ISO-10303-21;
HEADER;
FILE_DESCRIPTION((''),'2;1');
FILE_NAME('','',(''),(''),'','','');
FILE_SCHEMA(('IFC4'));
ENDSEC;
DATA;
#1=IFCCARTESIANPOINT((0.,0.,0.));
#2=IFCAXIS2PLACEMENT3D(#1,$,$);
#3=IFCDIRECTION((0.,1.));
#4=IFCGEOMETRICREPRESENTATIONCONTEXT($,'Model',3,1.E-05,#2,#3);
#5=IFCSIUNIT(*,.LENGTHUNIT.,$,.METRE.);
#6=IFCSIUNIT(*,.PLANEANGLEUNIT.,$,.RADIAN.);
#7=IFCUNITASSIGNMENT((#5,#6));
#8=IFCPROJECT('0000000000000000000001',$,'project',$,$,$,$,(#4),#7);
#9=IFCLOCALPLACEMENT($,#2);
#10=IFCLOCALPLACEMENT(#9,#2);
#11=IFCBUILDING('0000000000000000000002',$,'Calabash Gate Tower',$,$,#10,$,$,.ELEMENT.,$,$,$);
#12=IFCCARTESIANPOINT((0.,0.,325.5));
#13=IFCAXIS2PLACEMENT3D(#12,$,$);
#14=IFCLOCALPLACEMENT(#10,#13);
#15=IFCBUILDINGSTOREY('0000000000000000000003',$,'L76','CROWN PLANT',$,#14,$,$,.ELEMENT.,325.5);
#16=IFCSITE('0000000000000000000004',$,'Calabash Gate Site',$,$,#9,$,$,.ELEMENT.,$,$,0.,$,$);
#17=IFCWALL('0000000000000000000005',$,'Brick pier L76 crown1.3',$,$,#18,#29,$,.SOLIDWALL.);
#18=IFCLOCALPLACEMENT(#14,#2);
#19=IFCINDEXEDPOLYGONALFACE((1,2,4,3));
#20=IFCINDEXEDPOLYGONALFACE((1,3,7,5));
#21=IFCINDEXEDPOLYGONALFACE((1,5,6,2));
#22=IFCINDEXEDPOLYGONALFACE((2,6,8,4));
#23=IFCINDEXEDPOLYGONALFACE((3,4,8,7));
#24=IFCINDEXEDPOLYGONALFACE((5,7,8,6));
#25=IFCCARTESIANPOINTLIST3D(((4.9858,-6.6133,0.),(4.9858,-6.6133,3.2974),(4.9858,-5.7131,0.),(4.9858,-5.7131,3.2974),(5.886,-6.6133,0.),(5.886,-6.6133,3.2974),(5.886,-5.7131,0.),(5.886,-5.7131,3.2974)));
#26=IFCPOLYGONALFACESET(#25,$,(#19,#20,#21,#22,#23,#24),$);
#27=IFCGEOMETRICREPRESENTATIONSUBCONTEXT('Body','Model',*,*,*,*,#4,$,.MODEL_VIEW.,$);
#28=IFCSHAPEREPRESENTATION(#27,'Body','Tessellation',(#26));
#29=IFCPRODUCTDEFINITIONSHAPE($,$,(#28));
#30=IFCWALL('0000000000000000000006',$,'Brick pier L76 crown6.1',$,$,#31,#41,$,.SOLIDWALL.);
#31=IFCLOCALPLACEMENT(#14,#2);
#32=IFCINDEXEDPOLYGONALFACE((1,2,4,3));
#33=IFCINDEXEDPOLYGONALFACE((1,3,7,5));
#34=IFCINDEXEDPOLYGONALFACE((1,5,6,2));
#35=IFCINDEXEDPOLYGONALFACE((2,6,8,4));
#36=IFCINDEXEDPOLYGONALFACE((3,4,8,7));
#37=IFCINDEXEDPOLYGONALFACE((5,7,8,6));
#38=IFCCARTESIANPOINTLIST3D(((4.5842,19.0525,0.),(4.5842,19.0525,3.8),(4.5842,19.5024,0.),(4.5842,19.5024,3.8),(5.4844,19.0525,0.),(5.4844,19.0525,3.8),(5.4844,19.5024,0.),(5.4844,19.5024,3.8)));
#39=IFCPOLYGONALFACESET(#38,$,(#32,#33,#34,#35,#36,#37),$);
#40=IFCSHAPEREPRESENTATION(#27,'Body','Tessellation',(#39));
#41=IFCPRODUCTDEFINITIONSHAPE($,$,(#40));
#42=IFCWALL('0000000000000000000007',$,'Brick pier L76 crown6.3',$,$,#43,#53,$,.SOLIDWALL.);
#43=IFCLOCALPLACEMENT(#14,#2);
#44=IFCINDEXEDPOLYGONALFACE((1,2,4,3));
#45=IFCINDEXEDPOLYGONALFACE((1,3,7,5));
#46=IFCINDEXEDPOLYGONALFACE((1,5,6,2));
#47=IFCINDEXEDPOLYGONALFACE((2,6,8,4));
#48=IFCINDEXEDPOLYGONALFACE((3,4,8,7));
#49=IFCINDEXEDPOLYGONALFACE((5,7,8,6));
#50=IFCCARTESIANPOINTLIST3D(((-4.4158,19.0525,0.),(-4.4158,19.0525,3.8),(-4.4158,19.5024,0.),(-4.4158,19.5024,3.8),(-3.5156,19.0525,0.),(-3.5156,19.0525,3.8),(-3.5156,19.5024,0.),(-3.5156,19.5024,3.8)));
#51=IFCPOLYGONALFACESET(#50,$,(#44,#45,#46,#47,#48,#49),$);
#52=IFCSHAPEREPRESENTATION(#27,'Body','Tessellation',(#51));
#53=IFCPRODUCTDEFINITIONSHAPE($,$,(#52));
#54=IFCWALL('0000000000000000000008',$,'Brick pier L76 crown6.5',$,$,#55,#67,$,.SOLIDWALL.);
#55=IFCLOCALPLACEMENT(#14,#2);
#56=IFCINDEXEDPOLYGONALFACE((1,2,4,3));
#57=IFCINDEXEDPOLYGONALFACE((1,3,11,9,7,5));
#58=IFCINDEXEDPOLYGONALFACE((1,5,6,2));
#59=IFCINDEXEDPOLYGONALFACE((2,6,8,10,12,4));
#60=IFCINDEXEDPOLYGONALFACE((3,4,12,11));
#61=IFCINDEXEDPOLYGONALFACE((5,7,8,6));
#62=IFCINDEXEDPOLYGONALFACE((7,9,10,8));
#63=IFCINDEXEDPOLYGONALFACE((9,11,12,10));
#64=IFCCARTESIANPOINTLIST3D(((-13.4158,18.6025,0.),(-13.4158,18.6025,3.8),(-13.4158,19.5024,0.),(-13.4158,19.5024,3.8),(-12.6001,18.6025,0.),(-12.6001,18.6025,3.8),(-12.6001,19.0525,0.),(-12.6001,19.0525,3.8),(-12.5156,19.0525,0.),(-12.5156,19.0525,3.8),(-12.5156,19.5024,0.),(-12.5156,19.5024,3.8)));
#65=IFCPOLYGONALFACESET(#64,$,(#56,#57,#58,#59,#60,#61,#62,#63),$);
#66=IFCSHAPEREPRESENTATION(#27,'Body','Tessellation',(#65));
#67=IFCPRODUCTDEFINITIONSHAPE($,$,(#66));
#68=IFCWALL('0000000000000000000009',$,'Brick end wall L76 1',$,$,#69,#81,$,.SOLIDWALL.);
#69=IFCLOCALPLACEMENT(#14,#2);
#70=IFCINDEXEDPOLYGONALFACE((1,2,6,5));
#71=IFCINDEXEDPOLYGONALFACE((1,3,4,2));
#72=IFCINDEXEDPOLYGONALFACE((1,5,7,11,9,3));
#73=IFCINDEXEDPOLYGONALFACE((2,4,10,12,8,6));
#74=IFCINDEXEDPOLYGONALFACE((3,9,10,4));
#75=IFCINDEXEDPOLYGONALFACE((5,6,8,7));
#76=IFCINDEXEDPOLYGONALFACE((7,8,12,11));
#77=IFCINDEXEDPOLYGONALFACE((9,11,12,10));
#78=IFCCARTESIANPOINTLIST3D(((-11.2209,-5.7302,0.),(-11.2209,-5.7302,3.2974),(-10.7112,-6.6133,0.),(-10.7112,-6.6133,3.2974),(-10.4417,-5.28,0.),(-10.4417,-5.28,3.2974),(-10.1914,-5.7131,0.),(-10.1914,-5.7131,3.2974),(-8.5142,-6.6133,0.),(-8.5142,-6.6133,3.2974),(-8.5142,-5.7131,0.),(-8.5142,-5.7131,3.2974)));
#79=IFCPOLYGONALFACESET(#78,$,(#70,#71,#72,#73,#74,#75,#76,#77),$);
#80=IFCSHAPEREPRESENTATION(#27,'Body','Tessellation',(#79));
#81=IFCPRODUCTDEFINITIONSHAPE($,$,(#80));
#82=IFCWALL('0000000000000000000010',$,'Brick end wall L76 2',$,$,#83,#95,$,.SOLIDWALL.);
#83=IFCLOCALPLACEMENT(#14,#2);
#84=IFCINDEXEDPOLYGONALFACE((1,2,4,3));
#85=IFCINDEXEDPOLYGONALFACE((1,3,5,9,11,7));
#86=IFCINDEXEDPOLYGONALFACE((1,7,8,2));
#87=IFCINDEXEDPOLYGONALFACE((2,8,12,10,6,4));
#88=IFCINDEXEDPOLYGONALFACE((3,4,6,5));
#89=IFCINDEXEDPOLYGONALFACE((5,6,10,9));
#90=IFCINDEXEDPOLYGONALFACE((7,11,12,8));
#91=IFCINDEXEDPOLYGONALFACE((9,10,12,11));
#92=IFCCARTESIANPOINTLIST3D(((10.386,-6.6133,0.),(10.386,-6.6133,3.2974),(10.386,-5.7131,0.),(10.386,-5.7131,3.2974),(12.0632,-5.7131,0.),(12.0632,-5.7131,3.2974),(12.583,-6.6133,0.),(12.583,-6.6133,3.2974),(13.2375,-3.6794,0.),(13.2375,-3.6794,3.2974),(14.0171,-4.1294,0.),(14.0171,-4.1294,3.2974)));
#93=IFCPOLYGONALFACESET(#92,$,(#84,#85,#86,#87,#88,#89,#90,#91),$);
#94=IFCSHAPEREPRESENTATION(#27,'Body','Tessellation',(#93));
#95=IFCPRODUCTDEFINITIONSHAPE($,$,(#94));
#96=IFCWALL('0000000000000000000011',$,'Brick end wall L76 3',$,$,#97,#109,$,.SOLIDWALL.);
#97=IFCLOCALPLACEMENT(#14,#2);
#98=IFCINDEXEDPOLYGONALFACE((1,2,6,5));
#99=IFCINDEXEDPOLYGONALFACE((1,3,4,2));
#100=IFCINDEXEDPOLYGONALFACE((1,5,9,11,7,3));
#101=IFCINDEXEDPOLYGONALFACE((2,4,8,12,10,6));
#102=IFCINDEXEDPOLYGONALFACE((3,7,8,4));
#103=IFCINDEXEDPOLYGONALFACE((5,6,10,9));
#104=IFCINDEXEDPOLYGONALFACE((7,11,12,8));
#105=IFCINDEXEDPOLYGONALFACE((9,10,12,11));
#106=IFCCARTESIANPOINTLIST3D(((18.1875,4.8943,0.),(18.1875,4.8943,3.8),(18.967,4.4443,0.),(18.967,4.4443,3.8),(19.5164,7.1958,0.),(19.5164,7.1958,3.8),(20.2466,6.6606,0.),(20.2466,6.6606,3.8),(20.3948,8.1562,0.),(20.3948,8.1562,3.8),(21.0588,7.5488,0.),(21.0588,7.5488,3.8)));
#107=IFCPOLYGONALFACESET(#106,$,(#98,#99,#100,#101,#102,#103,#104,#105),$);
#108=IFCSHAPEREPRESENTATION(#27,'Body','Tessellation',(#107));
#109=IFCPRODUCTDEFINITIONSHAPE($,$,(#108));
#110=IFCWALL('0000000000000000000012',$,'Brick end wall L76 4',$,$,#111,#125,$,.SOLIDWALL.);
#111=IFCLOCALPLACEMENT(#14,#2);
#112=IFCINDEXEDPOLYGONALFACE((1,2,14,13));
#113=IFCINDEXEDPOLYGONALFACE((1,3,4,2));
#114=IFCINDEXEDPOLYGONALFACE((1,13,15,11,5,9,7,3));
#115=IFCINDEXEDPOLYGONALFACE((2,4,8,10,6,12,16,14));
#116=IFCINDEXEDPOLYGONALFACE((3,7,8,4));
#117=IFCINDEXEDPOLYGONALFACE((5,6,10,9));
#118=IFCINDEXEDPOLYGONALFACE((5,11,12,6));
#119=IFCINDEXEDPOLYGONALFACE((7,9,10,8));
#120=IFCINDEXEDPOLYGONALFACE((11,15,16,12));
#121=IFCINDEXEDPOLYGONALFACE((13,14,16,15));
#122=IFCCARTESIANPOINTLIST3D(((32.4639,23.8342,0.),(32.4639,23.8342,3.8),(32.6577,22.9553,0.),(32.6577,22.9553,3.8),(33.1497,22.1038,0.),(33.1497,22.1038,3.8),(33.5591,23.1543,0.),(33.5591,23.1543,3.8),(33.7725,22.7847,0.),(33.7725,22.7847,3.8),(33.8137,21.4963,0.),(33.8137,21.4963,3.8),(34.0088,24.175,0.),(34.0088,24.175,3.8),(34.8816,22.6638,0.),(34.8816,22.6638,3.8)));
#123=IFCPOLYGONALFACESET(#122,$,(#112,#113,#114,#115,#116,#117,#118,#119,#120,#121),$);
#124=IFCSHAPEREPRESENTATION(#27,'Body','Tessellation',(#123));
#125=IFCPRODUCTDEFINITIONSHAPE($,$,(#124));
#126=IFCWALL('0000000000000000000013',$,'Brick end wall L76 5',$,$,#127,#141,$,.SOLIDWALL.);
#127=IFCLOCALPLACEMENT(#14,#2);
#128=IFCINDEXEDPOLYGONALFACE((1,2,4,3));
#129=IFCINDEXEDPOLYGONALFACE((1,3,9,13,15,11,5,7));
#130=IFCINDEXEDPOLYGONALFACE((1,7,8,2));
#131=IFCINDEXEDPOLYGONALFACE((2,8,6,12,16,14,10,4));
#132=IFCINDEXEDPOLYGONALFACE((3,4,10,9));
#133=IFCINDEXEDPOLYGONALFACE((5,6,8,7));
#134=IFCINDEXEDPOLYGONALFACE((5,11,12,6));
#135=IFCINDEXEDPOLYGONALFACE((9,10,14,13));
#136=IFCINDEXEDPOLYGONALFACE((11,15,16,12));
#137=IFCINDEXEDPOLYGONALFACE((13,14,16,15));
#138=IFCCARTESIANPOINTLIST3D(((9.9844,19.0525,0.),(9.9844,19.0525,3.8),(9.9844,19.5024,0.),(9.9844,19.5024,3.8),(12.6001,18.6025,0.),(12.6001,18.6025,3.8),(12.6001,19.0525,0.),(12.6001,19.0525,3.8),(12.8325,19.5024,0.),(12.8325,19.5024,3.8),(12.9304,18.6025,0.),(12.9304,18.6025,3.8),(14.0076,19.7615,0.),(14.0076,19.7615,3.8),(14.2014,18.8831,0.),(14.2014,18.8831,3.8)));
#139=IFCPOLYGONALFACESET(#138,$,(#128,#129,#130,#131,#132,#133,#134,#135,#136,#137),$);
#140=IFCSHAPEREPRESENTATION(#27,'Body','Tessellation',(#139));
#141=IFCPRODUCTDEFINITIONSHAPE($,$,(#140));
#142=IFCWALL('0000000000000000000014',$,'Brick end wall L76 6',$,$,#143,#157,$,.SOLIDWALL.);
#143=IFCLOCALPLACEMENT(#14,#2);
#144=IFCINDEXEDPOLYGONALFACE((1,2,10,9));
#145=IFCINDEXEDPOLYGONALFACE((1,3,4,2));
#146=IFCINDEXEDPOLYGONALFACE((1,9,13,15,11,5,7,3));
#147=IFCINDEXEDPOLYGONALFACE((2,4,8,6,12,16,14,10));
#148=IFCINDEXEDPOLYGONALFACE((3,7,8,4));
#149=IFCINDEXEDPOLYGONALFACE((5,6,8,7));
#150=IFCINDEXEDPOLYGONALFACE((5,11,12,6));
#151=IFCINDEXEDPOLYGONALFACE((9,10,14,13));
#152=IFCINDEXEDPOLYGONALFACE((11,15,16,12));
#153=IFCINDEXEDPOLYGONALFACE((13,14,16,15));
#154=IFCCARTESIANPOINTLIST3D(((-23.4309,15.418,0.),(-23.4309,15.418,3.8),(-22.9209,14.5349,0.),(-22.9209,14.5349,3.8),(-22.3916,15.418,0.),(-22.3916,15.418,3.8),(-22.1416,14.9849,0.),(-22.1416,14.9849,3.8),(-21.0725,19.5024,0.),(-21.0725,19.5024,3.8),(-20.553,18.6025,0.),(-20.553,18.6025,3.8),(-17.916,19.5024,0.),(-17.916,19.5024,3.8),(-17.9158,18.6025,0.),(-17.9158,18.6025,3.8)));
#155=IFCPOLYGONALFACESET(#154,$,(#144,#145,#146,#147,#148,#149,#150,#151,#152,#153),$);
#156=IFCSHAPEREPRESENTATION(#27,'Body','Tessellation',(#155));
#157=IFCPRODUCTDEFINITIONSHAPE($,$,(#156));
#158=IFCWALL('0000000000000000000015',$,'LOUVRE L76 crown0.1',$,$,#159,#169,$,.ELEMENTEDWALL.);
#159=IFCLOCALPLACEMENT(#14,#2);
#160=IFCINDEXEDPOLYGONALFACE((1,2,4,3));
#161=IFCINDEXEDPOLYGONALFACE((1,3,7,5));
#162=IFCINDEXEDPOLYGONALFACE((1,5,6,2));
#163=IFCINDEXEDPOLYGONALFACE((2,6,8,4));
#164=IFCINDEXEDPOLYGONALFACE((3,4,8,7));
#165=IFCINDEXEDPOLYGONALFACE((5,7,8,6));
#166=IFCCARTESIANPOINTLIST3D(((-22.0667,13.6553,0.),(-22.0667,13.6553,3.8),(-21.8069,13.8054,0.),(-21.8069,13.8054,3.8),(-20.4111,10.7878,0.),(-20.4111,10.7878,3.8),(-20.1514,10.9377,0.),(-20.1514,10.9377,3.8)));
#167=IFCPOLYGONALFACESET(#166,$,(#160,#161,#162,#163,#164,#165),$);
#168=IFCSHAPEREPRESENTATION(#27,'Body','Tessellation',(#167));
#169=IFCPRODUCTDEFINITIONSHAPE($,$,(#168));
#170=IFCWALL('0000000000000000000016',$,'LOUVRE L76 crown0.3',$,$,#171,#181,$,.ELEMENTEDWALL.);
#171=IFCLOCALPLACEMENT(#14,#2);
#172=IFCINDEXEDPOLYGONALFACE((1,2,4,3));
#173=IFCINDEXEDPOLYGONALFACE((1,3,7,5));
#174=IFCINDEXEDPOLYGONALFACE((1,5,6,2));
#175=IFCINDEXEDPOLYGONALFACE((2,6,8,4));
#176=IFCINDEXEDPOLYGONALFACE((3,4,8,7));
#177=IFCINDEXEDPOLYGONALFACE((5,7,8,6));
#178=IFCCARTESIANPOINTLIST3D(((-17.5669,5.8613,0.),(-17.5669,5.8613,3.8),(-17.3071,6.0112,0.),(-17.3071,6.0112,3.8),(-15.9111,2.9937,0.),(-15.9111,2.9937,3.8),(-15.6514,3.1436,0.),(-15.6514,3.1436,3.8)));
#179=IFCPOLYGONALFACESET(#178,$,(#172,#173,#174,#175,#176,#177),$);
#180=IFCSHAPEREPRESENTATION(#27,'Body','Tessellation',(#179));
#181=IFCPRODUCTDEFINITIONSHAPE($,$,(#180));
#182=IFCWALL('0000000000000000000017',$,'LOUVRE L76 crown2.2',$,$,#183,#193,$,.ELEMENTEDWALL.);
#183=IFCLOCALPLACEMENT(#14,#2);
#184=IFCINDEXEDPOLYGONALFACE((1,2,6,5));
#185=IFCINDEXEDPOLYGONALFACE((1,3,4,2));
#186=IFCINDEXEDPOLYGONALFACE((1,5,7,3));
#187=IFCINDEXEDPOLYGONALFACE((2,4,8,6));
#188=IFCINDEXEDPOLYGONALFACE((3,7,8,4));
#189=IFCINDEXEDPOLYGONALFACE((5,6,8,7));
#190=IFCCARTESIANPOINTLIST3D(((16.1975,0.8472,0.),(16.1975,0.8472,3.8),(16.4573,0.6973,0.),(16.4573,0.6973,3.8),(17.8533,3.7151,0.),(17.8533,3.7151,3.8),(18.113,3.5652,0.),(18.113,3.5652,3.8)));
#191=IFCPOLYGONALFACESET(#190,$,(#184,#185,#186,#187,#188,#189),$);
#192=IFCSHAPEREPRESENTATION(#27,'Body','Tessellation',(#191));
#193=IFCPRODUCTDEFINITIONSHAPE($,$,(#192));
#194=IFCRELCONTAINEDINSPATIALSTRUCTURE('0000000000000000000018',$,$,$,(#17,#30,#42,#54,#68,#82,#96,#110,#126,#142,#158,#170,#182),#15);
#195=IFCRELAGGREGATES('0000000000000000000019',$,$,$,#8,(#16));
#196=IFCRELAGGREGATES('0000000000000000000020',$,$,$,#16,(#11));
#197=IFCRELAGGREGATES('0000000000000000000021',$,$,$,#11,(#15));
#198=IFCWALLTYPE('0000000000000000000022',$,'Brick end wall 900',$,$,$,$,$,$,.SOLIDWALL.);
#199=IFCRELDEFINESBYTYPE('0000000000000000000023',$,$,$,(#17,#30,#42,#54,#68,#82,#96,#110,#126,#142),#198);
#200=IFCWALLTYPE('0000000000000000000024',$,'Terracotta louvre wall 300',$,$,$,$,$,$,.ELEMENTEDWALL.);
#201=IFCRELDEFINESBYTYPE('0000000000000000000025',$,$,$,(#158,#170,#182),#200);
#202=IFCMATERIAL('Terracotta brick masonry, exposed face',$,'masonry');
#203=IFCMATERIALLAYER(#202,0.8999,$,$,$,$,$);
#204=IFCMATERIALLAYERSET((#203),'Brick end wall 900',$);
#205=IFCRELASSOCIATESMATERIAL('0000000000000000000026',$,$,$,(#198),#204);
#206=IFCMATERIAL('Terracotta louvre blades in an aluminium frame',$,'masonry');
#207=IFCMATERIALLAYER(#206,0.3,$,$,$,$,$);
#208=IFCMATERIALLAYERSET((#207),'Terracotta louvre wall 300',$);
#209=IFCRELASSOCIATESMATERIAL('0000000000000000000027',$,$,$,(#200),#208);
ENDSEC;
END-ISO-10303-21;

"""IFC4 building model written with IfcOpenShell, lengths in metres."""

from ifc_helpers import new_model, si_unit, direction, frame, origin, place, context, subcontext, project, spatial, polyline, outline, extrude, material, layer, layer_set, type_object, element, save


model = new_model("IFC4")

# Units and contexts
model_context = context("Model", 3, precision=1e-05, world=origin(), true_north=direction((0.0, 1.0)))
body_context = subcontext(model_context, "Body", "Model", "MODEL_VIEW")
ifc_project = project(units=[si_unit("LENGTHUNIT", "METRE"), si_unit("PLANEANGLEUNIT", "RADIAN")], contexts=[model_context])

# Site, building, storey
site_placement = place(None, origin())
site = spatial("IfcSite", under=ifc_project, at=site_placement, Name="Calabash Gate Site", CompositionType="ELEMENT", RefElevation=0.0)
building_placement = place(site_placement, origin())
building = spatial("IfcBuilding", under=site, at=building_placement, Name="Calabash Gate Tower", CompositionType="ELEMENT")
storey_placement = place(building_placement, frame((0.0, 0.0, 325.5)))
storey = spatial("IfcBuildingStorey", under=building, at=storey_placement, Name="L76", Description="CROWN PLANT", CompositionType="ELEMENT", Elevation=325.5)

# Walls
ifc_material_1 = material(Name="Terracotta brick masonry, exposed face", Category="masonry")
ifc_layer_1 = layer(ifc_material_1, 0.8999)
ifc_layer_set_1 = layer_set([ifc_layer_1], Name="Brick end wall 900")
wall_type_1 = type_object("IfcWallType", Name="Brick end wall 900", PredefinedType="SOLIDWALL", material=ifc_layer_set_1)
wall_1_placement = place(storey_placement, origin())
element("IfcWall", 1, at=wall_1_placement, inside=storey, type_object=wall_type_1, Name="Brick pier L76 crown1.3", PredefinedType="SOLIDWALL", context=body_context, shape_type="SweptSolid", body=[
    extrude(outline(polyline([(5.886, -5.7131), (4.9858, -5.7131), (4.9858, -6.6133), (5.886, -6.6133), (5.886, -5.7131)])), origin(), (0.0, 0.0, 1.0), 3.2974),
])
wall_2_placement = place(storey_placement, origin())
element("IfcWall", 2, at=wall_2_placement, inside=storey, type_object=wall_type_1, Name="Brick pier L76 crown6.1", PredefinedType="SOLIDWALL", context=body_context, shape_type="SweptSolid", body=[
    extrude(outline(polyline([(4.5842, 19.5024), (4.5842, 19.0525), (5.4844, 19.0525), (5.4844, 19.5024), (4.5842, 19.5024)])), origin(), (0.0, 0.0, 1.0), 3.8),
])
wall_3_placement = place(storey_placement, origin())
element("IfcWall", 3, at=wall_3_placement, inside=storey, type_object=wall_type_1, Name="Brick pier L76 crown6.3", PredefinedType="SOLIDWALL", context=body_context, shape_type="SweptSolid", body=[
    extrude(outline(polyline([(-4.4158, 19.5024), (-4.4158, 19.0525), (-3.5156, 19.0525), (-3.5156, 19.5024), (-4.4158, 19.5024)])), origin(), (0.0, 0.0, 1.0), 3.8),
])
wall_4_placement = place(storey_placement, origin())
element("IfcWall", 4, at=wall_4_placement, inside=storey, type_object=wall_type_1, Name="Brick pier L76 crown6.5", PredefinedType="SOLIDWALL", context=body_context, shape_type="SweptSolid", body=[
    extrude(outline(polyline([(-13.4158, 19.5024), (-13.4158, 18.6025), (-12.6001, 18.6025), (-12.6001, 19.0525), (-12.5156, 19.0525), (-12.5156, 19.5024), (-13.4158, 19.5024)])), origin(), (0.0, 0.0, 1.0), 3.8),
])
wall_5_placement = place(storey_placement, origin())
element("IfcWall", 5, at=wall_5_placement, inside=storey, type_object=wall_type_1, Name="Brick end wall L76 1", PredefinedType="SOLIDWALL", context=body_context, shape_type="SweptSolid", body=[
    extrude(outline(polyline([(-10.4417, -5.28), (-11.2209, -5.7302), (-10.7112, -6.6133), (-8.5142, -6.6133), (-8.5142, -5.7131), (-10.1914, -5.7131), (-10.4417, -5.28)])), origin(), (0.0, 0.0, 1.0), 3.2974),
])
wall_6_placement = place(storey_placement, origin())
element("IfcWall", 6, at=wall_6_placement, inside=storey, type_object=wall_type_1, Name="Brick end wall L76 2", PredefinedType="SOLIDWALL", context=body_context, shape_type="SweptSolid", body=[
    extrude(outline(polyline([(10.386, -5.7131), (10.386, -6.6133), (12.583, -6.6133), (14.0171, -4.1294), (13.2375, -3.6794), (12.0632, -5.7131), (10.386, -5.7131)])), origin(), (0.0, 0.0, 1.0), 3.2974),
])
wall_7_placement = place(storey_placement, origin())
element("IfcWall", 7, at=wall_7_placement, inside=storey, type_object=wall_type_1, Name="Brick end wall L76 3", PredefinedType="SOLIDWALL", context=body_context, shape_type="SweptSolid", body=[
    extrude(outline(polyline([(18.1875, 4.8943), (18.967, 4.4443), (20.2466, 6.6606), (21.0588, 7.5488), (20.3948, 8.1562), (19.5164, 7.1958), (18.1875, 4.8943)])), origin(), (0.0, 0.0, 1.0), 3.8),
])
wall_8_placement = place(storey_placement, origin())
element("IfcWall", 8, at=wall_8_placement, inside=storey, type_object=wall_type_1, Name="Brick end wall L76 4", PredefinedType="SOLIDWALL", context=body_context, shape_type="SweptSolid", body=[
    extrude(outline(polyline([(33.8137, 21.4963), (34.8816, 22.6638), (34.0088, 24.175), (32.4639, 23.8342), (32.6577, 22.9553), (33.5591, 23.1543), (33.7725, 22.7847), (33.1497, 22.1038), (33.8137, 21.4963)])), origin(), (0.0, 0.0, 1.0), 3.8),
])
wall_9_placement = place(storey_placement, origin())
element("IfcWall", 9, at=wall_9_placement, inside=storey, type_object=wall_type_1, Name="Brick end wall L76 5", PredefinedType="SOLIDWALL", context=body_context, shape_type="SweptSolid", body=[
    extrude(outline(polyline([(14.0076, 19.7615), (12.8325, 19.5024), (9.9844, 19.5024), (9.9844, 19.0525), (12.6001, 19.0525), (12.6001, 18.6025), (12.9304, 18.6025), (14.2014, 18.8831), (14.0076, 19.7615)])), origin(), (0.0, 0.0, 1.0), 3.8),
])
wall_10_placement = place(storey_placement, origin())
element("IfcWall", 10, at=wall_10_placement, inside=storey, type_object=wall_type_1, Name="Brick end wall L76 6", PredefinedType="SOLIDWALL", context=body_context, shape_type="SweptSolid", body=[
    extrude(outline(polyline([(-17.9158, 18.6025), (-17.916, 19.5024), (-21.0725, 19.5024), (-23.4309, 15.418), (-22.9209, 14.5349), (-22.1416, 14.9849), (-22.3916, 15.418), (-20.553, 18.6025), (-17.9158, 18.6025)])), origin(), (0.0, 0.0, 1.0), 3.8),
])
ifc_material_2 = material(Name="Terracotta louvre blades in an aluminium frame", Category="masonry")
ifc_layer_2 = layer(ifc_material_2, 0.3)
ifc_layer_set_2 = layer_set([ifc_layer_2], Name="Terracotta louvre wall 300")
wall_type_2 = type_object("IfcWallType", Name="Terracotta louvre wall 300", PredefinedType="ELEMENTEDWALL", material=ifc_layer_set_2)
wall_11_placement = place(storey_placement, origin())
element("IfcWall", 11, at=wall_11_placement, inside=storey, type_object=wall_type_2, Name="LOUVRE L76 crown0.1", PredefinedType="ELEMENTEDWALL", context=body_context, shape_type="SweptSolid", body=[
    extrude(outline(polyline([(-20.1514, 10.9377), (-21.8069, 13.8054), (-22.0667, 13.6553), (-20.4111, 10.7878), (-20.1514, 10.9377)])), origin(), (0.0, 0.0, 1.0), 3.8),
])
wall_12_placement = place(storey_placement, origin())
element("IfcWall", 12, at=wall_12_placement, inside=storey, type_object=wall_type_2, Name="LOUVRE L76 crown0.3", PredefinedType="ELEMENTEDWALL", context=body_context, shape_type="SweptSolid", body=[
    extrude(outline(polyline([(-15.6514, 3.1436), (-17.3071, 6.0112), (-17.5669, 5.8613), (-15.9111, 2.9937), (-15.6514, 3.1436)])), origin(), (0.0, 0.0, 1.0), 3.8),
])
wall_13_placement = place(storey_placement, origin())
element("IfcWall", 13, at=wall_13_placement, inside=storey, type_object=wall_type_2, Name="LOUVRE L76 crown2.2", PredefinedType="ELEMENTEDWALL", context=body_context, shape_type="SweptSolid", body=[
    extrude(outline(polyline([(16.4573, 0.6973), (18.113, 3.5652), (17.8533, 3.7151), (16.1975, 0.8472), (16.4573, 0.6973)])), origin(), (0.0, 0.0, 1.0), 3.8),
])

save(model, "model.ifc")
